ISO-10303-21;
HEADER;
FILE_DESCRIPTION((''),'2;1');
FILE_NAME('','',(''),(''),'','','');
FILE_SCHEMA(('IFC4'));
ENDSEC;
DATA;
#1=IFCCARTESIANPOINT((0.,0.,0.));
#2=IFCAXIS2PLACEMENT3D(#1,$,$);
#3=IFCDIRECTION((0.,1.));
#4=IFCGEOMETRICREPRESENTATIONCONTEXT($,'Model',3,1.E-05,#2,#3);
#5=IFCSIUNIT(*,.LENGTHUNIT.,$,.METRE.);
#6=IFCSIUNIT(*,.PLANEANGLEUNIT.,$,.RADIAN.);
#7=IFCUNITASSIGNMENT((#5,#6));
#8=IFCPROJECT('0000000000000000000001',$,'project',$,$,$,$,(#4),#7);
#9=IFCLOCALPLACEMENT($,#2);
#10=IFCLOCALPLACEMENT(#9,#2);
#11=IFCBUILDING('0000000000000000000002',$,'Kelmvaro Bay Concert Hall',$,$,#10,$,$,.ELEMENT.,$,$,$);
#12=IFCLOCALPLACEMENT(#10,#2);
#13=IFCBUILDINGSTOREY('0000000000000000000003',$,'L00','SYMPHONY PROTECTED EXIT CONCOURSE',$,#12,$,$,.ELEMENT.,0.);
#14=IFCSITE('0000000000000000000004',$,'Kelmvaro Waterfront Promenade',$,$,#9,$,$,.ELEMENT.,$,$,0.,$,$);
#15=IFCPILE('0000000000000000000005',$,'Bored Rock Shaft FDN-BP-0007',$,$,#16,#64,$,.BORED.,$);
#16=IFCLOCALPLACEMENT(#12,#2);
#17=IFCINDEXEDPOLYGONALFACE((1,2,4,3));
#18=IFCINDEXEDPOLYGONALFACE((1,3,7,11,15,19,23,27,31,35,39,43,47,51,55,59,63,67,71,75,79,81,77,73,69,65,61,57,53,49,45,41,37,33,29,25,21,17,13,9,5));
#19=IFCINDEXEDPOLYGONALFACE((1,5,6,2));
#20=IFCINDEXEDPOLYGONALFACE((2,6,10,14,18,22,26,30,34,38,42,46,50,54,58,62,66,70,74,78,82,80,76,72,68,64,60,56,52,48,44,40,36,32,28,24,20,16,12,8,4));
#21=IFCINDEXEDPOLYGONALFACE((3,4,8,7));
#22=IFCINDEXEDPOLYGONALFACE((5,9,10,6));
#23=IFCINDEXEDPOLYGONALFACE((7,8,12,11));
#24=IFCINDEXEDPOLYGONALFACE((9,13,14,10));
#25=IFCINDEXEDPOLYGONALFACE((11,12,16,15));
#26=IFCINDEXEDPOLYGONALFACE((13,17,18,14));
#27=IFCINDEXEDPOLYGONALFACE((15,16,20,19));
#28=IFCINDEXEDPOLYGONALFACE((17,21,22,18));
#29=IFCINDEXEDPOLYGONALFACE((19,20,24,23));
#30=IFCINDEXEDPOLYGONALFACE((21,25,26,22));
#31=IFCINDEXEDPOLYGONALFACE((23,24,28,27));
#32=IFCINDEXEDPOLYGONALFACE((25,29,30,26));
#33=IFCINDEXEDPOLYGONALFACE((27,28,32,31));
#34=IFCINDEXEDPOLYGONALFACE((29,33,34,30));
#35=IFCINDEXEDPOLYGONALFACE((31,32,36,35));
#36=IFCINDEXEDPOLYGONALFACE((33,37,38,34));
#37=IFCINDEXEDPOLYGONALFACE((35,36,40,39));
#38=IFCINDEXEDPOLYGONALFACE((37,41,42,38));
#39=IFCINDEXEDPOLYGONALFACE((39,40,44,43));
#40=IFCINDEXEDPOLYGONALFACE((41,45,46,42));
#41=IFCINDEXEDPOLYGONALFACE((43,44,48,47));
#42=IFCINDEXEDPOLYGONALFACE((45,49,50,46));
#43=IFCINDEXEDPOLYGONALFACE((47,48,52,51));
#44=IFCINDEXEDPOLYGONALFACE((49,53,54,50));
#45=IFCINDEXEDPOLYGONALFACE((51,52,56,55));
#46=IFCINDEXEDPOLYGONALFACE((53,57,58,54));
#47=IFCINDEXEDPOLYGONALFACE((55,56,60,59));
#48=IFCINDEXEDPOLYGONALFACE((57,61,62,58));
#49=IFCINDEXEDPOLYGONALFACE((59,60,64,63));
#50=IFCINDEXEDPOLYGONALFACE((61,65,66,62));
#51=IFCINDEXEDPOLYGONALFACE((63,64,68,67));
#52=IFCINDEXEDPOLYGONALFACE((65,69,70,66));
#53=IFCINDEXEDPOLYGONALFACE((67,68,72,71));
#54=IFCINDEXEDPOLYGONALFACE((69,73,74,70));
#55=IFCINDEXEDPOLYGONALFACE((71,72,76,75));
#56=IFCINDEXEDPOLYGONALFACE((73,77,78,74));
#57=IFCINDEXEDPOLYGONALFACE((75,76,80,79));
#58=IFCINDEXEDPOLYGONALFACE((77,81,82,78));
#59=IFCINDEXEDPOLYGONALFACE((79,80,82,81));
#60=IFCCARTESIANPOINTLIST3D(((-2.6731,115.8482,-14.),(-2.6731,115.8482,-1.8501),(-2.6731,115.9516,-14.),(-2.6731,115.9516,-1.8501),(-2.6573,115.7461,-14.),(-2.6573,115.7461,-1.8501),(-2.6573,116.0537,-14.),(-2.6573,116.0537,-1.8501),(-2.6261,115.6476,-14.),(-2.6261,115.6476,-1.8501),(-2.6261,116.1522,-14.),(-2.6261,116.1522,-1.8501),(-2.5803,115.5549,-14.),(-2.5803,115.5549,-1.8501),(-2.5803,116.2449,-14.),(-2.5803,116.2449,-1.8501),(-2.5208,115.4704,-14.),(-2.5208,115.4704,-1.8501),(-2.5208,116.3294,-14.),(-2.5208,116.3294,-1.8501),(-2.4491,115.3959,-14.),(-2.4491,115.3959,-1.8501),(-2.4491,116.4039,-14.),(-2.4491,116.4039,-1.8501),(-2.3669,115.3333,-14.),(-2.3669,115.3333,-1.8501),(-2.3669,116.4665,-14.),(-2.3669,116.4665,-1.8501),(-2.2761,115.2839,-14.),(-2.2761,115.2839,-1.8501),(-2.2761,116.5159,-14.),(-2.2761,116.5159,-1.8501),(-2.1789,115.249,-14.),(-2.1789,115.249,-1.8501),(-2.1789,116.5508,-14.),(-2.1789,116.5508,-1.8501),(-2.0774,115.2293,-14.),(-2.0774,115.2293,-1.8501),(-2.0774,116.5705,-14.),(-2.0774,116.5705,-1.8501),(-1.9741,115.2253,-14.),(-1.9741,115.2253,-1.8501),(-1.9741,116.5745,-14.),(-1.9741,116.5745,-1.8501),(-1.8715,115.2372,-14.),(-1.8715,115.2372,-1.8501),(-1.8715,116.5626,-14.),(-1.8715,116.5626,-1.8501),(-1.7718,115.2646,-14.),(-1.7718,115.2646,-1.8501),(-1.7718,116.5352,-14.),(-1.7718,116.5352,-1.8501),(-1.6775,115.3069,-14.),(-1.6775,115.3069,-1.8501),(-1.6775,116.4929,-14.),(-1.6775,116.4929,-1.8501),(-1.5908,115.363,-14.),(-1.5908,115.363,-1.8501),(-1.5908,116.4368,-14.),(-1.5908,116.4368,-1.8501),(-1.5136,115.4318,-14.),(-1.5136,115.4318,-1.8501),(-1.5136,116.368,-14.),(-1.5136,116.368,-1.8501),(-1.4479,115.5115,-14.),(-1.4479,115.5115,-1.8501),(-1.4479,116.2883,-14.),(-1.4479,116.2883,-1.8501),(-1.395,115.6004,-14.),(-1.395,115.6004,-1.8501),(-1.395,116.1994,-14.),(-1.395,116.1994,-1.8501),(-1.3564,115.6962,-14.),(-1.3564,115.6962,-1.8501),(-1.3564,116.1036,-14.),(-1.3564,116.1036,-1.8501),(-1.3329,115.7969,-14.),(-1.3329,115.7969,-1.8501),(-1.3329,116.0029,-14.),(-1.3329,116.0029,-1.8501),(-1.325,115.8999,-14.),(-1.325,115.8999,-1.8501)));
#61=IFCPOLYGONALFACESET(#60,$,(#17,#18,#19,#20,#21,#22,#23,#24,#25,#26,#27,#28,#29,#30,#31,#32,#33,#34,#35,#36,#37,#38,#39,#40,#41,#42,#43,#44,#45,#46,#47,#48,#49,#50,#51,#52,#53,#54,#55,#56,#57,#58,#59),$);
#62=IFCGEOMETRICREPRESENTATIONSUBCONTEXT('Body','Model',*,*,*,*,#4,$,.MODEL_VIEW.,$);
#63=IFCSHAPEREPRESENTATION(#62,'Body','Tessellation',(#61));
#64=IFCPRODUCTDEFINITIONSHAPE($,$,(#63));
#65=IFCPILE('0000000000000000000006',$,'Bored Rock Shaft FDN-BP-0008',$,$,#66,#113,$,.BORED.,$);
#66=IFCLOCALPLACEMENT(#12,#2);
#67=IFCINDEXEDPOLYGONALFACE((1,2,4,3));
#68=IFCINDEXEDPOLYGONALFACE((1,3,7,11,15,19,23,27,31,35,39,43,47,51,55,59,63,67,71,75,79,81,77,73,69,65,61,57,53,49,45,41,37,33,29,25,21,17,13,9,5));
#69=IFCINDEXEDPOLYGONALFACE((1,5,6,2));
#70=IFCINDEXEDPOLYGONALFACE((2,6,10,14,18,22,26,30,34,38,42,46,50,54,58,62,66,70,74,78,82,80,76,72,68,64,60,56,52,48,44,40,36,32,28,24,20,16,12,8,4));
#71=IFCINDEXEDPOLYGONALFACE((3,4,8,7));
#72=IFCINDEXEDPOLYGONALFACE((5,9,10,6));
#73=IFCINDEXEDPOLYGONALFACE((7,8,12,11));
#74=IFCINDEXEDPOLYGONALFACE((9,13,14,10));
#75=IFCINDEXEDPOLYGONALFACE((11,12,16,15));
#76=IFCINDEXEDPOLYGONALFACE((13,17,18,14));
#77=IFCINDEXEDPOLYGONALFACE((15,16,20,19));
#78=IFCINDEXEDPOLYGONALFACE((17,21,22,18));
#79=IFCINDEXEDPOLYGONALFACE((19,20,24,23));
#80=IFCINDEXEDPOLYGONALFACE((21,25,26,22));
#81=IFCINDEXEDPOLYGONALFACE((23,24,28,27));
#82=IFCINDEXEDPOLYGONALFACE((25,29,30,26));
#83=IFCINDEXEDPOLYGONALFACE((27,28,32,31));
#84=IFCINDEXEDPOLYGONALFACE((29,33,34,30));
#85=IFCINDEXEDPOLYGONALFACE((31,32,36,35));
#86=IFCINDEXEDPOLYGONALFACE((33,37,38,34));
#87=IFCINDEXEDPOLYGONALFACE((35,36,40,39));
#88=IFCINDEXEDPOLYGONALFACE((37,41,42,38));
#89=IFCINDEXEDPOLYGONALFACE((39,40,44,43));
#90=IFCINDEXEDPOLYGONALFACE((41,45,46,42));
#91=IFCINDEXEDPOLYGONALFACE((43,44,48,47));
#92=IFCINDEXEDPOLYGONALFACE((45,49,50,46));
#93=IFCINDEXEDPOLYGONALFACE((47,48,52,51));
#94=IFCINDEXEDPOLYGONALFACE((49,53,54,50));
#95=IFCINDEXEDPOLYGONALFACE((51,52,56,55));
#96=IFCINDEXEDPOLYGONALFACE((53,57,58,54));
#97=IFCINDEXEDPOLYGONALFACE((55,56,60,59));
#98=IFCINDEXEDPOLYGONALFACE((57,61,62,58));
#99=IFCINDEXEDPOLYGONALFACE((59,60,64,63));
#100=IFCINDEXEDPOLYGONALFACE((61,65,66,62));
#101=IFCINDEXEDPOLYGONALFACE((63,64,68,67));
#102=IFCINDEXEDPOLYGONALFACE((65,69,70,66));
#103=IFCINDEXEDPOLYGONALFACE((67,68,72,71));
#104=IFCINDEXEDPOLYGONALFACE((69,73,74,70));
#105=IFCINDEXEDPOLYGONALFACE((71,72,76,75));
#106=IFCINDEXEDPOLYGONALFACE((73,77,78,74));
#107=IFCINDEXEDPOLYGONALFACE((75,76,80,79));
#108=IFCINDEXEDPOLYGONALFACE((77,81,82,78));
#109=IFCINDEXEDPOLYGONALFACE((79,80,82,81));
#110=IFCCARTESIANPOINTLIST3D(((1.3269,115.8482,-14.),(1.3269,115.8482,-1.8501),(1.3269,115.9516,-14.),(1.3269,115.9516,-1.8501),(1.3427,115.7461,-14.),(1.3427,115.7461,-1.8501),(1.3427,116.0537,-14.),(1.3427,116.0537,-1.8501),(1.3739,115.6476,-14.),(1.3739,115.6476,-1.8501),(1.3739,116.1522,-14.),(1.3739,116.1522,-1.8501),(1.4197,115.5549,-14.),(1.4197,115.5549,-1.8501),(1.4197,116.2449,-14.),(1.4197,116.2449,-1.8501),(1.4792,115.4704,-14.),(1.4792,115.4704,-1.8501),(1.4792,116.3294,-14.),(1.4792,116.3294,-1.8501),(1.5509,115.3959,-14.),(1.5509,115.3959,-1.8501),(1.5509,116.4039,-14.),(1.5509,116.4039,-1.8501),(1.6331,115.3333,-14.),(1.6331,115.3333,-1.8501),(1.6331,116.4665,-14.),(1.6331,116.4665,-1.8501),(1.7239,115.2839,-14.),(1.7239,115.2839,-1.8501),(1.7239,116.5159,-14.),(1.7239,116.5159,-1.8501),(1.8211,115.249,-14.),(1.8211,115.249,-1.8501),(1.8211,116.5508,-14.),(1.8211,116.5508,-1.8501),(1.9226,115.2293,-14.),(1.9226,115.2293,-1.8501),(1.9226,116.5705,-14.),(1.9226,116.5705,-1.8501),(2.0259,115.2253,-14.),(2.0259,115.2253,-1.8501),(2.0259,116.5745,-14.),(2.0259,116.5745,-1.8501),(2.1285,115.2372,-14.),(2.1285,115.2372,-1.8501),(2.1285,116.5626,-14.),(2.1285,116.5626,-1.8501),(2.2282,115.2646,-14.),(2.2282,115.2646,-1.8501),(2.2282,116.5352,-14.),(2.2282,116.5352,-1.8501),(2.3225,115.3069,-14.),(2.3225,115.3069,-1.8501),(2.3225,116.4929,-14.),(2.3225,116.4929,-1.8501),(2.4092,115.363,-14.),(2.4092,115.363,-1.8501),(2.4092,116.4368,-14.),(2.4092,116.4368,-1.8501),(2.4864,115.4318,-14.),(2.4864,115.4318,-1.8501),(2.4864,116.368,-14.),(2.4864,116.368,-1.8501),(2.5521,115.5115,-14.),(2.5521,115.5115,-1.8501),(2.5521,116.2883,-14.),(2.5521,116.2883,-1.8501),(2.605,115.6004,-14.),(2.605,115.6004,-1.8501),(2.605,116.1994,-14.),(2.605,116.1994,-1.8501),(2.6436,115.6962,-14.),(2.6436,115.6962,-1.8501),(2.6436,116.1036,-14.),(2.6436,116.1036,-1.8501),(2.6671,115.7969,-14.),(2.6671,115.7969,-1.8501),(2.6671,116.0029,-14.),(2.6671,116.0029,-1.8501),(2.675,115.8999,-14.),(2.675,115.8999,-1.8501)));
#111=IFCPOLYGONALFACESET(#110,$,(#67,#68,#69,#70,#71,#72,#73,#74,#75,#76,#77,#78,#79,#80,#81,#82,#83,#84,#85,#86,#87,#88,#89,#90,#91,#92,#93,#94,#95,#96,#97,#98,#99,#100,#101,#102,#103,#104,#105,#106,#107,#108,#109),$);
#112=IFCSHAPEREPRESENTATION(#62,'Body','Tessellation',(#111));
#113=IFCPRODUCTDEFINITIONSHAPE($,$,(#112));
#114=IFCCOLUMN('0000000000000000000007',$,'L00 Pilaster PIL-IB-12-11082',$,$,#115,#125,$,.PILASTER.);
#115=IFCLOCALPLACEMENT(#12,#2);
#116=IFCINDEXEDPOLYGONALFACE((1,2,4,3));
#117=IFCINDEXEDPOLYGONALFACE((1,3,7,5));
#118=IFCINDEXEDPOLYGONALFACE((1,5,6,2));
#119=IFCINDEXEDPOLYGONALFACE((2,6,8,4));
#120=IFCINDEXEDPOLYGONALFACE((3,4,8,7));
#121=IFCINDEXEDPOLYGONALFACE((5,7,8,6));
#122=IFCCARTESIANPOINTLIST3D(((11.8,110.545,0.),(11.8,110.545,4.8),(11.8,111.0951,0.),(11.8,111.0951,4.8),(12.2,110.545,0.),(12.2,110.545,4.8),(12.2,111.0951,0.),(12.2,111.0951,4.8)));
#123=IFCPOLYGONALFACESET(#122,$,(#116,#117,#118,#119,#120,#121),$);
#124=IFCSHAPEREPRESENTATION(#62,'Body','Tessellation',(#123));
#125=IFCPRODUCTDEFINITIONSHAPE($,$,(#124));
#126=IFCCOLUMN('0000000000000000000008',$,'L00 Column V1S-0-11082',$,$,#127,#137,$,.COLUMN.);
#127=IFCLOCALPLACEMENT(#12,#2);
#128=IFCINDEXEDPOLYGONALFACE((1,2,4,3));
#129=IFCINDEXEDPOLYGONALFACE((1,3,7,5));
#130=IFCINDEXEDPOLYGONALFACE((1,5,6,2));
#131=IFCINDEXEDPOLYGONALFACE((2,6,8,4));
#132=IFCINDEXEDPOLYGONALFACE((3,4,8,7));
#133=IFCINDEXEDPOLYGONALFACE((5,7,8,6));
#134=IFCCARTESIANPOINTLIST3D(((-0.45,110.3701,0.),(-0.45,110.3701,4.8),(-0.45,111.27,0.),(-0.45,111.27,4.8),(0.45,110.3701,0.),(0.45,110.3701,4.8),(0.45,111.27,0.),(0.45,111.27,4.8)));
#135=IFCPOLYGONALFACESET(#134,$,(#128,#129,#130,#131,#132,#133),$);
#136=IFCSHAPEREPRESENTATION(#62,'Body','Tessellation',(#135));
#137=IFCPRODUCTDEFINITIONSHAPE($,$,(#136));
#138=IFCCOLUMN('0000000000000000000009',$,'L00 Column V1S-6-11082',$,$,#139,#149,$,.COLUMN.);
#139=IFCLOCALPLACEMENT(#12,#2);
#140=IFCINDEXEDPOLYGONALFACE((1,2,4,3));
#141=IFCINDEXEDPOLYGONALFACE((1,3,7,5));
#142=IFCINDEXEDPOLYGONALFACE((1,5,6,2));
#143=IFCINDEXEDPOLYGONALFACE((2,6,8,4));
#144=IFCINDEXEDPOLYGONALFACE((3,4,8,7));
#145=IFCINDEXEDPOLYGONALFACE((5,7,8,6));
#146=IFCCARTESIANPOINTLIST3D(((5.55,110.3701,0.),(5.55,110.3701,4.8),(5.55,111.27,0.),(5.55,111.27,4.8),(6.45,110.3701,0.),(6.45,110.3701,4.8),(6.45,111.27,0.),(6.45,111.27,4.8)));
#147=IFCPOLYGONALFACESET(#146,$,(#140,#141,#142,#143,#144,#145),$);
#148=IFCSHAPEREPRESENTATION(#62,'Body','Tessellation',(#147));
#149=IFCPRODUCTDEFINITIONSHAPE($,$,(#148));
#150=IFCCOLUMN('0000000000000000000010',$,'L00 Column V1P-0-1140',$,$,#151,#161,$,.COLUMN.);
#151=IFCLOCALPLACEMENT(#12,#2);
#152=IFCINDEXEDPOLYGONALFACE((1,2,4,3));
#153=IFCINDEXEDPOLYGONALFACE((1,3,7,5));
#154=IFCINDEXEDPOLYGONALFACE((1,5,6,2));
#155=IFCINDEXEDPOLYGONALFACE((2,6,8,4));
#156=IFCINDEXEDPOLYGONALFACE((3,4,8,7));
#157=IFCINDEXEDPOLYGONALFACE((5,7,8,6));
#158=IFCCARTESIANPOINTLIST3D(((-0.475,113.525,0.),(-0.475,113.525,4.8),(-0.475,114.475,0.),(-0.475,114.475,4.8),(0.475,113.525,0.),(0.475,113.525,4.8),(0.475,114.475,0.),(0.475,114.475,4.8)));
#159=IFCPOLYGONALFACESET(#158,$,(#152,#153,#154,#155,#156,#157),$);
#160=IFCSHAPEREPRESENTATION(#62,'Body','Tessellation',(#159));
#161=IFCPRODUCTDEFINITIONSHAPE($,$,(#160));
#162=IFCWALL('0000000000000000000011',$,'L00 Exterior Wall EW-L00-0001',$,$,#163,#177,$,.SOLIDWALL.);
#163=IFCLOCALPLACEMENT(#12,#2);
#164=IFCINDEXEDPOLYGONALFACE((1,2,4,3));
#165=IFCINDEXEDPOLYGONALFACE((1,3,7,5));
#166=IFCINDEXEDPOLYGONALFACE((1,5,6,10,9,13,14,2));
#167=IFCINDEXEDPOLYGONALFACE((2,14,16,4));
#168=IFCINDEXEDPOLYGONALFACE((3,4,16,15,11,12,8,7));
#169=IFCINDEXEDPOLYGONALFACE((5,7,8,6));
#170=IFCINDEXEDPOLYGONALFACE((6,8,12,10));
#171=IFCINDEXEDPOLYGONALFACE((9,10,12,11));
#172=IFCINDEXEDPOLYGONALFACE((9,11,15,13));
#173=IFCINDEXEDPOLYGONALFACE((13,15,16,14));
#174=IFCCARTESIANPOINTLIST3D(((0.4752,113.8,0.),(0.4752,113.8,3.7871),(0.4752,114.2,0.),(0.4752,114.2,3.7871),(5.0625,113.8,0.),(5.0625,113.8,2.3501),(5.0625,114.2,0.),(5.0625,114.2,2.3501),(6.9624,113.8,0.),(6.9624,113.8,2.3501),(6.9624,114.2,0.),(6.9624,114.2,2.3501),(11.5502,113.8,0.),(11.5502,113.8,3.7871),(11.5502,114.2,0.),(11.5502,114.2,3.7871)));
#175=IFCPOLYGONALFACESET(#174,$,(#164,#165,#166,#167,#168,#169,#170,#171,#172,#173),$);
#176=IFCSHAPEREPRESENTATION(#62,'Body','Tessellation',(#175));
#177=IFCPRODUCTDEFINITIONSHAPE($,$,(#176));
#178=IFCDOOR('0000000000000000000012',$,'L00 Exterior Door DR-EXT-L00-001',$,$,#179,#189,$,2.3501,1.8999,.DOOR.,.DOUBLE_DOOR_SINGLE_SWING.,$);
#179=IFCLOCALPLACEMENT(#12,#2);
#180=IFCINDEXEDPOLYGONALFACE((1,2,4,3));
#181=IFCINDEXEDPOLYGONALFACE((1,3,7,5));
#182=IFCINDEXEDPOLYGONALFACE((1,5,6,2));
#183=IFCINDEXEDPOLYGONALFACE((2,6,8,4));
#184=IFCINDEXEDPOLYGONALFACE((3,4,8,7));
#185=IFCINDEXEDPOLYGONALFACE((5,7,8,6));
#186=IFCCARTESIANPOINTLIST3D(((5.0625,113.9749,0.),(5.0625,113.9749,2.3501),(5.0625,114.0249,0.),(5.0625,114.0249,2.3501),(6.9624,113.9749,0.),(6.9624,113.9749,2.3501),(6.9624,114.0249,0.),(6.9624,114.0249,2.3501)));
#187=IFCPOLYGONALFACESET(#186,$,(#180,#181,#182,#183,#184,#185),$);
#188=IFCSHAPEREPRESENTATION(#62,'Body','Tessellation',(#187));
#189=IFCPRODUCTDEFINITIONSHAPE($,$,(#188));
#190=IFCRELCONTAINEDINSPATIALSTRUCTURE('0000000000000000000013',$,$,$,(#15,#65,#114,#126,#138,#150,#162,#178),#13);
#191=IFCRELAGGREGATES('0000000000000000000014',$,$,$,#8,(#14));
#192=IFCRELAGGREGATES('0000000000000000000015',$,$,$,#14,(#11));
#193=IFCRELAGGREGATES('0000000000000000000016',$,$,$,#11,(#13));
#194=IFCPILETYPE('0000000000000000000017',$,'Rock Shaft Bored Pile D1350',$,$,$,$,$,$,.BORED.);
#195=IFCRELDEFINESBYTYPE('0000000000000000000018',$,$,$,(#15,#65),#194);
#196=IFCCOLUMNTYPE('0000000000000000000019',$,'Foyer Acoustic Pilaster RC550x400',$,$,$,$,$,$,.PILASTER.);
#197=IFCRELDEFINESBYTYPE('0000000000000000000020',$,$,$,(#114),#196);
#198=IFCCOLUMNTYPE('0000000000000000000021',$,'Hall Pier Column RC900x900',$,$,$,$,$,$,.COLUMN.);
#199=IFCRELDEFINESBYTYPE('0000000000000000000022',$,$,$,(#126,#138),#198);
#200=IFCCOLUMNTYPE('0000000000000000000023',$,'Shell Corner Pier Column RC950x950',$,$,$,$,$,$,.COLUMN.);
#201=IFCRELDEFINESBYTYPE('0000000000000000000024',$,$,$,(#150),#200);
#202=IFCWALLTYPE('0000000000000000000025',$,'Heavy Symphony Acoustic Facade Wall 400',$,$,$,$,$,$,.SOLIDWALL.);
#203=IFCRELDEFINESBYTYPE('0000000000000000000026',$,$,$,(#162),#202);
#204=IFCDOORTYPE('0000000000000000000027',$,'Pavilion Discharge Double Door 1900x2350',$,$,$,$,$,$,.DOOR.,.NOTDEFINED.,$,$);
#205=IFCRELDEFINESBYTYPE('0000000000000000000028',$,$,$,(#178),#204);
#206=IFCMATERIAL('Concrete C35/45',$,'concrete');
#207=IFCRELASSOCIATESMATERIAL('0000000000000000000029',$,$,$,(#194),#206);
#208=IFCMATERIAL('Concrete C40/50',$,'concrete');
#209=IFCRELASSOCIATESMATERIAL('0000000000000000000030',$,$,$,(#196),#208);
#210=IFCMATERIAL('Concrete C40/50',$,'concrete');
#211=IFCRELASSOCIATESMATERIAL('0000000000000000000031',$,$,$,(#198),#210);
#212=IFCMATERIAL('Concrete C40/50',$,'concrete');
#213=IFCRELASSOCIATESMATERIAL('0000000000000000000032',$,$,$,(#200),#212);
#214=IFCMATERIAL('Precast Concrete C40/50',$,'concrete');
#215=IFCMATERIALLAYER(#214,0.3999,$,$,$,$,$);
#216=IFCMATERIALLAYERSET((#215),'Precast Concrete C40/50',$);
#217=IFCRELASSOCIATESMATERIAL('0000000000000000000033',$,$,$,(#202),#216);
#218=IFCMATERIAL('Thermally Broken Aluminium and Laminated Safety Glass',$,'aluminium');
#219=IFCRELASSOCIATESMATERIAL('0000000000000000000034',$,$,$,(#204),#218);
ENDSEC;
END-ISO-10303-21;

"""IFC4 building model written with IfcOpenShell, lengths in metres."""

from ifc_helpers import new_model, si_unit, direction, frame, frame_2d, origin, origin_2d, place, context, subcontext, project, spatial, rectangle, circle, extrude, material, layer, layer_set, material_profile, profile_set, type_object, element, fill, save


model = new_model("IFC4")

# Units and contexts
model_context = context("Model", 3, precision=1e-05, world=origin(), true_north=direction((0.0, 1.0)))
body_context = subcontext(model_context, "Body", "Model", "MODEL_VIEW")
ifc_project = project(units=[si_unit("LENGTHUNIT", "METRE"), si_unit("PLANEANGLEUNIT", "RADIAN")], contexts=[model_context])

# Site, building, storey
site_placement = place(None, origin())
site = spatial("IfcSite", under=ifc_project, at=site_placement, Name="Kelmvaro Waterfront Promenade", CompositionType="ELEMENT", RefElevation=0.0)
building_placement = place(site_placement, origin())
building = spatial("IfcBuilding", under=site, at=building_placement, Name="Kelmvaro Bay Concert Hall", CompositionType="ELEMENT")
storey_placement = place(building_placement, origin())
storey = spatial("IfcBuildingStorey", under=building, at=storey_placement, Name="L00", Description="SYMPHONY PROTECTED EXIT CONCOURSE", CompositionType="ELEMENT", Elevation=0.0)

# Piles
ifc_material_1 = material(Name="Concrete C35/45", Category="concrete")
ifc_material_profile_1 = material_profile(ifc_material_1, circle(Radius=0.675, at=origin_2d()), Name="PILE-BORED-1350")
ifc_profile_set_1 = profile_set([ifc_material_profile_1], Name="Concrete C35/45")
pile_type_1 = type_object("IfcPileType", Name="Rock Shaft Bored Pile D1350", PredefinedType="BORED", material=ifc_profile_set_1)
for number, where, z_axis, x_axis, name in (
    (1, (-2.0, 115.8999, -1.8501), (0.0, 0.0, -1.0), (1.0, 0.0, 0.0), "Bored Rock Shaft FDN-BP-0007"),
    (2, (2.0, 115.8999, -1.8501), (0.0, 0.0, -1.0), (1.0, 0.0, 0.0), "Bored Rock Shaft FDN-BP-0008"),
):
    element("IfcPile", number, at=place(storey_placement, frame(where, z_axis=z_axis, x_axis=x_axis)), inside=storey, type_object=pile_type_1, Name=name, PredefinedType="BORED", context=body_context, shape_type="SweptSolid", body=[
        extrude(circle(Radius=0.675, at=origin_2d()), origin(), (0.0, 0.0, 1.0), 12.1499),
    ])

# Columns
ifc_material_2 = material(Name="Concrete C40/50", Category="concrete")
ifc_material_profile_2 = material_profile(ifc_material_2, rectangle(XDim=0.3999, YDim=0.55, at=origin_2d()), Name="RC-PIL-550X400")
ifc_profile_set_2 = profile_set([ifc_material_profile_2], Name="Concrete C40/50")
column_type_1 = type_object("IfcColumnType", Name="Foyer Acoustic Pilaster RC550x400", PredefinedType="PILASTER", material=ifc_profile_set_2)
column_1_placement = place(storey_placement, frame((12.0, 110.8201, 0.0), z_axis=(0.0, 0.0, 1.0), x_axis=(1.0, 0.0, 0.0)))
element("IfcColumn", 3, at=column_1_placement, inside=storey, type_object=column_type_1, Name="L00 Pilaster PIL-IB-12-11082", PredefinedType="PILASTER", context=body_context, shape_type="SweptSolid", body=[
    extrude(rectangle(XDim=0.3999, YDim=0.55, at=origin_2d()), origin(), (0.0, 0.0, 1.0), 4.8),
])
ifc_material_3 = material(Name="Concrete C40/50", Category="concrete")
ifc_material_profile_3 = material_profile(ifc_material_3, rectangle(XDim=0.8999, YDim=0.8999, at=origin_2d()), Name="RC-COL-900X900")
ifc_profile_set_3 = profile_set([ifc_material_profile_3], Name="Concrete C40/50")
column_type_2 = type_object("IfcColumnType", Name="Hall Pier Column RC900x900", PredefinedType="COLUMN", material=ifc_profile_set_3)
for number, where, z_axis, x_axis, name in (
    (4, (0.0, 110.8201, 0.0), (0.0, 0.0, 1.0), (1.0, 0.0, 0.0), "L00 Column V1S-0-11082"),
    (5, (6.0, 110.8201, 0.0), (0.0, 0.0, 1.0), (1.0, 0.0, 0.0), "L00 Column V1S-6-11082"),
):
    element("IfcColumn", number, at=place(storey_placement, frame(where, z_axis=z_axis, x_axis=x_axis)), inside=storey, type_object=column_type_2, Name=name, PredefinedType="COLUMN", context=body_context, shape_type="SweptSolid", body=[
        extrude(rectangle(XDim=0.8999, YDim=0.8999, at=origin_2d()), origin(), (0.0, 0.0, 1.0), 4.8),
    ])
ifc_material_4 = material(Name="Concrete C40/50", Category="concrete")
ifc_material_profile_4 = material_profile(ifc_material_4, rectangle(XDim=0.95, YDim=0.95, at=origin_2d()), Name="RC-COL-950X950")
ifc_profile_set_4 = profile_set([ifc_material_profile_4], Name="Concrete C40/50")
column_type_3 = type_object("IfcColumnType", Name="Shell Corner Pier Column RC950x950", PredefinedType="COLUMN", material=ifc_profile_set_4)
column_2_placement = place(storey_placement, frame((0.0, 114.0, 0.0), z_axis=(0.0, 0.0, 1.0), x_axis=(1.0, 0.0, 0.0)))
element("IfcColumn", 6, at=column_2_placement, inside=storey, type_object=column_type_3, Name="L00 Column V1P-0-1140", PredefinedType="COLUMN", context=body_context, shape_type="SweptSolid", body=[
    extrude(rectangle(XDim=0.95, YDim=0.95, at=origin_2d()), origin(), (0.0, 0.0, 1.0), 4.8),
])

# Wall, opening, door
ifc_material_5 = material(Name="Precast Concrete C40/50", Category="concrete")
ifc_layer_1 = layer(ifc_material_5, 0.3999)
ifc_layer_set_1 = layer_set([ifc_layer_1], Name="Precast Concrete C40/50")
wall_type_1 = type_object("IfcWallType", Name="Heavy Symphony Acoustic Facade Wall 400", PredefinedType="SOLIDWALL", material=ifc_layer_set_1)
wall_1_placement = place(storey_placement, frame((0.4751, 114.0, 0.0), z_axis=(0.0, 0.0, 1.0), x_axis=(1.0, 0.0, 0.0)))
wall_1 = element("IfcWall", 7, at=wall_1_placement, inside=storey, type_object=wall_type_1, Name="L00 Exterior Wall EW-L00-0001", PredefinedType="SOLIDWALL", context=body_context, shape_type="SweptSolid", body=[
    extrude(rectangle(XDim=11.075, YDim=0.3999, at=frame_2d((5.5376, 0.0))), origin(), (0.0, 0.0, 1.0), 3.7871),
])
opening_1_placement = place(wall_1_placement, frame((4.5874, 0.0, 0.0)))
opening_1 = element("IfcOpeningElement", 8, at=opening_1_placement, cuts=wall_1, PredefinedType="OPENING", context=body_context, shape_type="SweptSolid", body=[
    extrude(rectangle(XDim=1.8999, YDim=2.3501, at=frame_2d((0.95, 1.175))), frame((0.0, 0.21, 0.0), z_axis=(0.0, -1.0, 0.0), x_axis=(1.0, 0.0, 0.0)), (0.0, 0.0, 1.0), 0.4199),
])
ifc_material_6 = material(Name="Thermally Broken Aluminium and Laminated Safety Glass", Category="aluminium")
door_type_1 = type_object("IfcDoorType", Name="Pavilion Discharge Double Door 1900x2350", OperationType="NOTDEFINED", PredefinedType="DOOR", material=ifc_material_6)
door_1_placement = place(opening_1_placement, origin())
door_1 = element("IfcDoor", 9, at=door_1_placement, inside=storey, type_object=door_type_1, Name="L00 Exterior Door DR-EXT-L00-001", OperationType="DOUBLE_DOOR_SINGLE_SWING", OverallHeight=2.3501, OverallWidth=1.8999, PredefinedType="DOOR", context=body_context, shape_type="SweptSolid", body=[
    extrude(rectangle(XDim=1.8999, YDim=2.3501, at=frame_2d((0.95, 1.175))), frame((0.0, 0.0249, 0.0), z_axis=(0.0, -1.0, 0.0), x_axis=(1.0, 0.0, 0.0)), (0.0, 0.0, 1.0), 0.05),
])
fill(opening_1, door_1)

save(model, "model.ifc")
